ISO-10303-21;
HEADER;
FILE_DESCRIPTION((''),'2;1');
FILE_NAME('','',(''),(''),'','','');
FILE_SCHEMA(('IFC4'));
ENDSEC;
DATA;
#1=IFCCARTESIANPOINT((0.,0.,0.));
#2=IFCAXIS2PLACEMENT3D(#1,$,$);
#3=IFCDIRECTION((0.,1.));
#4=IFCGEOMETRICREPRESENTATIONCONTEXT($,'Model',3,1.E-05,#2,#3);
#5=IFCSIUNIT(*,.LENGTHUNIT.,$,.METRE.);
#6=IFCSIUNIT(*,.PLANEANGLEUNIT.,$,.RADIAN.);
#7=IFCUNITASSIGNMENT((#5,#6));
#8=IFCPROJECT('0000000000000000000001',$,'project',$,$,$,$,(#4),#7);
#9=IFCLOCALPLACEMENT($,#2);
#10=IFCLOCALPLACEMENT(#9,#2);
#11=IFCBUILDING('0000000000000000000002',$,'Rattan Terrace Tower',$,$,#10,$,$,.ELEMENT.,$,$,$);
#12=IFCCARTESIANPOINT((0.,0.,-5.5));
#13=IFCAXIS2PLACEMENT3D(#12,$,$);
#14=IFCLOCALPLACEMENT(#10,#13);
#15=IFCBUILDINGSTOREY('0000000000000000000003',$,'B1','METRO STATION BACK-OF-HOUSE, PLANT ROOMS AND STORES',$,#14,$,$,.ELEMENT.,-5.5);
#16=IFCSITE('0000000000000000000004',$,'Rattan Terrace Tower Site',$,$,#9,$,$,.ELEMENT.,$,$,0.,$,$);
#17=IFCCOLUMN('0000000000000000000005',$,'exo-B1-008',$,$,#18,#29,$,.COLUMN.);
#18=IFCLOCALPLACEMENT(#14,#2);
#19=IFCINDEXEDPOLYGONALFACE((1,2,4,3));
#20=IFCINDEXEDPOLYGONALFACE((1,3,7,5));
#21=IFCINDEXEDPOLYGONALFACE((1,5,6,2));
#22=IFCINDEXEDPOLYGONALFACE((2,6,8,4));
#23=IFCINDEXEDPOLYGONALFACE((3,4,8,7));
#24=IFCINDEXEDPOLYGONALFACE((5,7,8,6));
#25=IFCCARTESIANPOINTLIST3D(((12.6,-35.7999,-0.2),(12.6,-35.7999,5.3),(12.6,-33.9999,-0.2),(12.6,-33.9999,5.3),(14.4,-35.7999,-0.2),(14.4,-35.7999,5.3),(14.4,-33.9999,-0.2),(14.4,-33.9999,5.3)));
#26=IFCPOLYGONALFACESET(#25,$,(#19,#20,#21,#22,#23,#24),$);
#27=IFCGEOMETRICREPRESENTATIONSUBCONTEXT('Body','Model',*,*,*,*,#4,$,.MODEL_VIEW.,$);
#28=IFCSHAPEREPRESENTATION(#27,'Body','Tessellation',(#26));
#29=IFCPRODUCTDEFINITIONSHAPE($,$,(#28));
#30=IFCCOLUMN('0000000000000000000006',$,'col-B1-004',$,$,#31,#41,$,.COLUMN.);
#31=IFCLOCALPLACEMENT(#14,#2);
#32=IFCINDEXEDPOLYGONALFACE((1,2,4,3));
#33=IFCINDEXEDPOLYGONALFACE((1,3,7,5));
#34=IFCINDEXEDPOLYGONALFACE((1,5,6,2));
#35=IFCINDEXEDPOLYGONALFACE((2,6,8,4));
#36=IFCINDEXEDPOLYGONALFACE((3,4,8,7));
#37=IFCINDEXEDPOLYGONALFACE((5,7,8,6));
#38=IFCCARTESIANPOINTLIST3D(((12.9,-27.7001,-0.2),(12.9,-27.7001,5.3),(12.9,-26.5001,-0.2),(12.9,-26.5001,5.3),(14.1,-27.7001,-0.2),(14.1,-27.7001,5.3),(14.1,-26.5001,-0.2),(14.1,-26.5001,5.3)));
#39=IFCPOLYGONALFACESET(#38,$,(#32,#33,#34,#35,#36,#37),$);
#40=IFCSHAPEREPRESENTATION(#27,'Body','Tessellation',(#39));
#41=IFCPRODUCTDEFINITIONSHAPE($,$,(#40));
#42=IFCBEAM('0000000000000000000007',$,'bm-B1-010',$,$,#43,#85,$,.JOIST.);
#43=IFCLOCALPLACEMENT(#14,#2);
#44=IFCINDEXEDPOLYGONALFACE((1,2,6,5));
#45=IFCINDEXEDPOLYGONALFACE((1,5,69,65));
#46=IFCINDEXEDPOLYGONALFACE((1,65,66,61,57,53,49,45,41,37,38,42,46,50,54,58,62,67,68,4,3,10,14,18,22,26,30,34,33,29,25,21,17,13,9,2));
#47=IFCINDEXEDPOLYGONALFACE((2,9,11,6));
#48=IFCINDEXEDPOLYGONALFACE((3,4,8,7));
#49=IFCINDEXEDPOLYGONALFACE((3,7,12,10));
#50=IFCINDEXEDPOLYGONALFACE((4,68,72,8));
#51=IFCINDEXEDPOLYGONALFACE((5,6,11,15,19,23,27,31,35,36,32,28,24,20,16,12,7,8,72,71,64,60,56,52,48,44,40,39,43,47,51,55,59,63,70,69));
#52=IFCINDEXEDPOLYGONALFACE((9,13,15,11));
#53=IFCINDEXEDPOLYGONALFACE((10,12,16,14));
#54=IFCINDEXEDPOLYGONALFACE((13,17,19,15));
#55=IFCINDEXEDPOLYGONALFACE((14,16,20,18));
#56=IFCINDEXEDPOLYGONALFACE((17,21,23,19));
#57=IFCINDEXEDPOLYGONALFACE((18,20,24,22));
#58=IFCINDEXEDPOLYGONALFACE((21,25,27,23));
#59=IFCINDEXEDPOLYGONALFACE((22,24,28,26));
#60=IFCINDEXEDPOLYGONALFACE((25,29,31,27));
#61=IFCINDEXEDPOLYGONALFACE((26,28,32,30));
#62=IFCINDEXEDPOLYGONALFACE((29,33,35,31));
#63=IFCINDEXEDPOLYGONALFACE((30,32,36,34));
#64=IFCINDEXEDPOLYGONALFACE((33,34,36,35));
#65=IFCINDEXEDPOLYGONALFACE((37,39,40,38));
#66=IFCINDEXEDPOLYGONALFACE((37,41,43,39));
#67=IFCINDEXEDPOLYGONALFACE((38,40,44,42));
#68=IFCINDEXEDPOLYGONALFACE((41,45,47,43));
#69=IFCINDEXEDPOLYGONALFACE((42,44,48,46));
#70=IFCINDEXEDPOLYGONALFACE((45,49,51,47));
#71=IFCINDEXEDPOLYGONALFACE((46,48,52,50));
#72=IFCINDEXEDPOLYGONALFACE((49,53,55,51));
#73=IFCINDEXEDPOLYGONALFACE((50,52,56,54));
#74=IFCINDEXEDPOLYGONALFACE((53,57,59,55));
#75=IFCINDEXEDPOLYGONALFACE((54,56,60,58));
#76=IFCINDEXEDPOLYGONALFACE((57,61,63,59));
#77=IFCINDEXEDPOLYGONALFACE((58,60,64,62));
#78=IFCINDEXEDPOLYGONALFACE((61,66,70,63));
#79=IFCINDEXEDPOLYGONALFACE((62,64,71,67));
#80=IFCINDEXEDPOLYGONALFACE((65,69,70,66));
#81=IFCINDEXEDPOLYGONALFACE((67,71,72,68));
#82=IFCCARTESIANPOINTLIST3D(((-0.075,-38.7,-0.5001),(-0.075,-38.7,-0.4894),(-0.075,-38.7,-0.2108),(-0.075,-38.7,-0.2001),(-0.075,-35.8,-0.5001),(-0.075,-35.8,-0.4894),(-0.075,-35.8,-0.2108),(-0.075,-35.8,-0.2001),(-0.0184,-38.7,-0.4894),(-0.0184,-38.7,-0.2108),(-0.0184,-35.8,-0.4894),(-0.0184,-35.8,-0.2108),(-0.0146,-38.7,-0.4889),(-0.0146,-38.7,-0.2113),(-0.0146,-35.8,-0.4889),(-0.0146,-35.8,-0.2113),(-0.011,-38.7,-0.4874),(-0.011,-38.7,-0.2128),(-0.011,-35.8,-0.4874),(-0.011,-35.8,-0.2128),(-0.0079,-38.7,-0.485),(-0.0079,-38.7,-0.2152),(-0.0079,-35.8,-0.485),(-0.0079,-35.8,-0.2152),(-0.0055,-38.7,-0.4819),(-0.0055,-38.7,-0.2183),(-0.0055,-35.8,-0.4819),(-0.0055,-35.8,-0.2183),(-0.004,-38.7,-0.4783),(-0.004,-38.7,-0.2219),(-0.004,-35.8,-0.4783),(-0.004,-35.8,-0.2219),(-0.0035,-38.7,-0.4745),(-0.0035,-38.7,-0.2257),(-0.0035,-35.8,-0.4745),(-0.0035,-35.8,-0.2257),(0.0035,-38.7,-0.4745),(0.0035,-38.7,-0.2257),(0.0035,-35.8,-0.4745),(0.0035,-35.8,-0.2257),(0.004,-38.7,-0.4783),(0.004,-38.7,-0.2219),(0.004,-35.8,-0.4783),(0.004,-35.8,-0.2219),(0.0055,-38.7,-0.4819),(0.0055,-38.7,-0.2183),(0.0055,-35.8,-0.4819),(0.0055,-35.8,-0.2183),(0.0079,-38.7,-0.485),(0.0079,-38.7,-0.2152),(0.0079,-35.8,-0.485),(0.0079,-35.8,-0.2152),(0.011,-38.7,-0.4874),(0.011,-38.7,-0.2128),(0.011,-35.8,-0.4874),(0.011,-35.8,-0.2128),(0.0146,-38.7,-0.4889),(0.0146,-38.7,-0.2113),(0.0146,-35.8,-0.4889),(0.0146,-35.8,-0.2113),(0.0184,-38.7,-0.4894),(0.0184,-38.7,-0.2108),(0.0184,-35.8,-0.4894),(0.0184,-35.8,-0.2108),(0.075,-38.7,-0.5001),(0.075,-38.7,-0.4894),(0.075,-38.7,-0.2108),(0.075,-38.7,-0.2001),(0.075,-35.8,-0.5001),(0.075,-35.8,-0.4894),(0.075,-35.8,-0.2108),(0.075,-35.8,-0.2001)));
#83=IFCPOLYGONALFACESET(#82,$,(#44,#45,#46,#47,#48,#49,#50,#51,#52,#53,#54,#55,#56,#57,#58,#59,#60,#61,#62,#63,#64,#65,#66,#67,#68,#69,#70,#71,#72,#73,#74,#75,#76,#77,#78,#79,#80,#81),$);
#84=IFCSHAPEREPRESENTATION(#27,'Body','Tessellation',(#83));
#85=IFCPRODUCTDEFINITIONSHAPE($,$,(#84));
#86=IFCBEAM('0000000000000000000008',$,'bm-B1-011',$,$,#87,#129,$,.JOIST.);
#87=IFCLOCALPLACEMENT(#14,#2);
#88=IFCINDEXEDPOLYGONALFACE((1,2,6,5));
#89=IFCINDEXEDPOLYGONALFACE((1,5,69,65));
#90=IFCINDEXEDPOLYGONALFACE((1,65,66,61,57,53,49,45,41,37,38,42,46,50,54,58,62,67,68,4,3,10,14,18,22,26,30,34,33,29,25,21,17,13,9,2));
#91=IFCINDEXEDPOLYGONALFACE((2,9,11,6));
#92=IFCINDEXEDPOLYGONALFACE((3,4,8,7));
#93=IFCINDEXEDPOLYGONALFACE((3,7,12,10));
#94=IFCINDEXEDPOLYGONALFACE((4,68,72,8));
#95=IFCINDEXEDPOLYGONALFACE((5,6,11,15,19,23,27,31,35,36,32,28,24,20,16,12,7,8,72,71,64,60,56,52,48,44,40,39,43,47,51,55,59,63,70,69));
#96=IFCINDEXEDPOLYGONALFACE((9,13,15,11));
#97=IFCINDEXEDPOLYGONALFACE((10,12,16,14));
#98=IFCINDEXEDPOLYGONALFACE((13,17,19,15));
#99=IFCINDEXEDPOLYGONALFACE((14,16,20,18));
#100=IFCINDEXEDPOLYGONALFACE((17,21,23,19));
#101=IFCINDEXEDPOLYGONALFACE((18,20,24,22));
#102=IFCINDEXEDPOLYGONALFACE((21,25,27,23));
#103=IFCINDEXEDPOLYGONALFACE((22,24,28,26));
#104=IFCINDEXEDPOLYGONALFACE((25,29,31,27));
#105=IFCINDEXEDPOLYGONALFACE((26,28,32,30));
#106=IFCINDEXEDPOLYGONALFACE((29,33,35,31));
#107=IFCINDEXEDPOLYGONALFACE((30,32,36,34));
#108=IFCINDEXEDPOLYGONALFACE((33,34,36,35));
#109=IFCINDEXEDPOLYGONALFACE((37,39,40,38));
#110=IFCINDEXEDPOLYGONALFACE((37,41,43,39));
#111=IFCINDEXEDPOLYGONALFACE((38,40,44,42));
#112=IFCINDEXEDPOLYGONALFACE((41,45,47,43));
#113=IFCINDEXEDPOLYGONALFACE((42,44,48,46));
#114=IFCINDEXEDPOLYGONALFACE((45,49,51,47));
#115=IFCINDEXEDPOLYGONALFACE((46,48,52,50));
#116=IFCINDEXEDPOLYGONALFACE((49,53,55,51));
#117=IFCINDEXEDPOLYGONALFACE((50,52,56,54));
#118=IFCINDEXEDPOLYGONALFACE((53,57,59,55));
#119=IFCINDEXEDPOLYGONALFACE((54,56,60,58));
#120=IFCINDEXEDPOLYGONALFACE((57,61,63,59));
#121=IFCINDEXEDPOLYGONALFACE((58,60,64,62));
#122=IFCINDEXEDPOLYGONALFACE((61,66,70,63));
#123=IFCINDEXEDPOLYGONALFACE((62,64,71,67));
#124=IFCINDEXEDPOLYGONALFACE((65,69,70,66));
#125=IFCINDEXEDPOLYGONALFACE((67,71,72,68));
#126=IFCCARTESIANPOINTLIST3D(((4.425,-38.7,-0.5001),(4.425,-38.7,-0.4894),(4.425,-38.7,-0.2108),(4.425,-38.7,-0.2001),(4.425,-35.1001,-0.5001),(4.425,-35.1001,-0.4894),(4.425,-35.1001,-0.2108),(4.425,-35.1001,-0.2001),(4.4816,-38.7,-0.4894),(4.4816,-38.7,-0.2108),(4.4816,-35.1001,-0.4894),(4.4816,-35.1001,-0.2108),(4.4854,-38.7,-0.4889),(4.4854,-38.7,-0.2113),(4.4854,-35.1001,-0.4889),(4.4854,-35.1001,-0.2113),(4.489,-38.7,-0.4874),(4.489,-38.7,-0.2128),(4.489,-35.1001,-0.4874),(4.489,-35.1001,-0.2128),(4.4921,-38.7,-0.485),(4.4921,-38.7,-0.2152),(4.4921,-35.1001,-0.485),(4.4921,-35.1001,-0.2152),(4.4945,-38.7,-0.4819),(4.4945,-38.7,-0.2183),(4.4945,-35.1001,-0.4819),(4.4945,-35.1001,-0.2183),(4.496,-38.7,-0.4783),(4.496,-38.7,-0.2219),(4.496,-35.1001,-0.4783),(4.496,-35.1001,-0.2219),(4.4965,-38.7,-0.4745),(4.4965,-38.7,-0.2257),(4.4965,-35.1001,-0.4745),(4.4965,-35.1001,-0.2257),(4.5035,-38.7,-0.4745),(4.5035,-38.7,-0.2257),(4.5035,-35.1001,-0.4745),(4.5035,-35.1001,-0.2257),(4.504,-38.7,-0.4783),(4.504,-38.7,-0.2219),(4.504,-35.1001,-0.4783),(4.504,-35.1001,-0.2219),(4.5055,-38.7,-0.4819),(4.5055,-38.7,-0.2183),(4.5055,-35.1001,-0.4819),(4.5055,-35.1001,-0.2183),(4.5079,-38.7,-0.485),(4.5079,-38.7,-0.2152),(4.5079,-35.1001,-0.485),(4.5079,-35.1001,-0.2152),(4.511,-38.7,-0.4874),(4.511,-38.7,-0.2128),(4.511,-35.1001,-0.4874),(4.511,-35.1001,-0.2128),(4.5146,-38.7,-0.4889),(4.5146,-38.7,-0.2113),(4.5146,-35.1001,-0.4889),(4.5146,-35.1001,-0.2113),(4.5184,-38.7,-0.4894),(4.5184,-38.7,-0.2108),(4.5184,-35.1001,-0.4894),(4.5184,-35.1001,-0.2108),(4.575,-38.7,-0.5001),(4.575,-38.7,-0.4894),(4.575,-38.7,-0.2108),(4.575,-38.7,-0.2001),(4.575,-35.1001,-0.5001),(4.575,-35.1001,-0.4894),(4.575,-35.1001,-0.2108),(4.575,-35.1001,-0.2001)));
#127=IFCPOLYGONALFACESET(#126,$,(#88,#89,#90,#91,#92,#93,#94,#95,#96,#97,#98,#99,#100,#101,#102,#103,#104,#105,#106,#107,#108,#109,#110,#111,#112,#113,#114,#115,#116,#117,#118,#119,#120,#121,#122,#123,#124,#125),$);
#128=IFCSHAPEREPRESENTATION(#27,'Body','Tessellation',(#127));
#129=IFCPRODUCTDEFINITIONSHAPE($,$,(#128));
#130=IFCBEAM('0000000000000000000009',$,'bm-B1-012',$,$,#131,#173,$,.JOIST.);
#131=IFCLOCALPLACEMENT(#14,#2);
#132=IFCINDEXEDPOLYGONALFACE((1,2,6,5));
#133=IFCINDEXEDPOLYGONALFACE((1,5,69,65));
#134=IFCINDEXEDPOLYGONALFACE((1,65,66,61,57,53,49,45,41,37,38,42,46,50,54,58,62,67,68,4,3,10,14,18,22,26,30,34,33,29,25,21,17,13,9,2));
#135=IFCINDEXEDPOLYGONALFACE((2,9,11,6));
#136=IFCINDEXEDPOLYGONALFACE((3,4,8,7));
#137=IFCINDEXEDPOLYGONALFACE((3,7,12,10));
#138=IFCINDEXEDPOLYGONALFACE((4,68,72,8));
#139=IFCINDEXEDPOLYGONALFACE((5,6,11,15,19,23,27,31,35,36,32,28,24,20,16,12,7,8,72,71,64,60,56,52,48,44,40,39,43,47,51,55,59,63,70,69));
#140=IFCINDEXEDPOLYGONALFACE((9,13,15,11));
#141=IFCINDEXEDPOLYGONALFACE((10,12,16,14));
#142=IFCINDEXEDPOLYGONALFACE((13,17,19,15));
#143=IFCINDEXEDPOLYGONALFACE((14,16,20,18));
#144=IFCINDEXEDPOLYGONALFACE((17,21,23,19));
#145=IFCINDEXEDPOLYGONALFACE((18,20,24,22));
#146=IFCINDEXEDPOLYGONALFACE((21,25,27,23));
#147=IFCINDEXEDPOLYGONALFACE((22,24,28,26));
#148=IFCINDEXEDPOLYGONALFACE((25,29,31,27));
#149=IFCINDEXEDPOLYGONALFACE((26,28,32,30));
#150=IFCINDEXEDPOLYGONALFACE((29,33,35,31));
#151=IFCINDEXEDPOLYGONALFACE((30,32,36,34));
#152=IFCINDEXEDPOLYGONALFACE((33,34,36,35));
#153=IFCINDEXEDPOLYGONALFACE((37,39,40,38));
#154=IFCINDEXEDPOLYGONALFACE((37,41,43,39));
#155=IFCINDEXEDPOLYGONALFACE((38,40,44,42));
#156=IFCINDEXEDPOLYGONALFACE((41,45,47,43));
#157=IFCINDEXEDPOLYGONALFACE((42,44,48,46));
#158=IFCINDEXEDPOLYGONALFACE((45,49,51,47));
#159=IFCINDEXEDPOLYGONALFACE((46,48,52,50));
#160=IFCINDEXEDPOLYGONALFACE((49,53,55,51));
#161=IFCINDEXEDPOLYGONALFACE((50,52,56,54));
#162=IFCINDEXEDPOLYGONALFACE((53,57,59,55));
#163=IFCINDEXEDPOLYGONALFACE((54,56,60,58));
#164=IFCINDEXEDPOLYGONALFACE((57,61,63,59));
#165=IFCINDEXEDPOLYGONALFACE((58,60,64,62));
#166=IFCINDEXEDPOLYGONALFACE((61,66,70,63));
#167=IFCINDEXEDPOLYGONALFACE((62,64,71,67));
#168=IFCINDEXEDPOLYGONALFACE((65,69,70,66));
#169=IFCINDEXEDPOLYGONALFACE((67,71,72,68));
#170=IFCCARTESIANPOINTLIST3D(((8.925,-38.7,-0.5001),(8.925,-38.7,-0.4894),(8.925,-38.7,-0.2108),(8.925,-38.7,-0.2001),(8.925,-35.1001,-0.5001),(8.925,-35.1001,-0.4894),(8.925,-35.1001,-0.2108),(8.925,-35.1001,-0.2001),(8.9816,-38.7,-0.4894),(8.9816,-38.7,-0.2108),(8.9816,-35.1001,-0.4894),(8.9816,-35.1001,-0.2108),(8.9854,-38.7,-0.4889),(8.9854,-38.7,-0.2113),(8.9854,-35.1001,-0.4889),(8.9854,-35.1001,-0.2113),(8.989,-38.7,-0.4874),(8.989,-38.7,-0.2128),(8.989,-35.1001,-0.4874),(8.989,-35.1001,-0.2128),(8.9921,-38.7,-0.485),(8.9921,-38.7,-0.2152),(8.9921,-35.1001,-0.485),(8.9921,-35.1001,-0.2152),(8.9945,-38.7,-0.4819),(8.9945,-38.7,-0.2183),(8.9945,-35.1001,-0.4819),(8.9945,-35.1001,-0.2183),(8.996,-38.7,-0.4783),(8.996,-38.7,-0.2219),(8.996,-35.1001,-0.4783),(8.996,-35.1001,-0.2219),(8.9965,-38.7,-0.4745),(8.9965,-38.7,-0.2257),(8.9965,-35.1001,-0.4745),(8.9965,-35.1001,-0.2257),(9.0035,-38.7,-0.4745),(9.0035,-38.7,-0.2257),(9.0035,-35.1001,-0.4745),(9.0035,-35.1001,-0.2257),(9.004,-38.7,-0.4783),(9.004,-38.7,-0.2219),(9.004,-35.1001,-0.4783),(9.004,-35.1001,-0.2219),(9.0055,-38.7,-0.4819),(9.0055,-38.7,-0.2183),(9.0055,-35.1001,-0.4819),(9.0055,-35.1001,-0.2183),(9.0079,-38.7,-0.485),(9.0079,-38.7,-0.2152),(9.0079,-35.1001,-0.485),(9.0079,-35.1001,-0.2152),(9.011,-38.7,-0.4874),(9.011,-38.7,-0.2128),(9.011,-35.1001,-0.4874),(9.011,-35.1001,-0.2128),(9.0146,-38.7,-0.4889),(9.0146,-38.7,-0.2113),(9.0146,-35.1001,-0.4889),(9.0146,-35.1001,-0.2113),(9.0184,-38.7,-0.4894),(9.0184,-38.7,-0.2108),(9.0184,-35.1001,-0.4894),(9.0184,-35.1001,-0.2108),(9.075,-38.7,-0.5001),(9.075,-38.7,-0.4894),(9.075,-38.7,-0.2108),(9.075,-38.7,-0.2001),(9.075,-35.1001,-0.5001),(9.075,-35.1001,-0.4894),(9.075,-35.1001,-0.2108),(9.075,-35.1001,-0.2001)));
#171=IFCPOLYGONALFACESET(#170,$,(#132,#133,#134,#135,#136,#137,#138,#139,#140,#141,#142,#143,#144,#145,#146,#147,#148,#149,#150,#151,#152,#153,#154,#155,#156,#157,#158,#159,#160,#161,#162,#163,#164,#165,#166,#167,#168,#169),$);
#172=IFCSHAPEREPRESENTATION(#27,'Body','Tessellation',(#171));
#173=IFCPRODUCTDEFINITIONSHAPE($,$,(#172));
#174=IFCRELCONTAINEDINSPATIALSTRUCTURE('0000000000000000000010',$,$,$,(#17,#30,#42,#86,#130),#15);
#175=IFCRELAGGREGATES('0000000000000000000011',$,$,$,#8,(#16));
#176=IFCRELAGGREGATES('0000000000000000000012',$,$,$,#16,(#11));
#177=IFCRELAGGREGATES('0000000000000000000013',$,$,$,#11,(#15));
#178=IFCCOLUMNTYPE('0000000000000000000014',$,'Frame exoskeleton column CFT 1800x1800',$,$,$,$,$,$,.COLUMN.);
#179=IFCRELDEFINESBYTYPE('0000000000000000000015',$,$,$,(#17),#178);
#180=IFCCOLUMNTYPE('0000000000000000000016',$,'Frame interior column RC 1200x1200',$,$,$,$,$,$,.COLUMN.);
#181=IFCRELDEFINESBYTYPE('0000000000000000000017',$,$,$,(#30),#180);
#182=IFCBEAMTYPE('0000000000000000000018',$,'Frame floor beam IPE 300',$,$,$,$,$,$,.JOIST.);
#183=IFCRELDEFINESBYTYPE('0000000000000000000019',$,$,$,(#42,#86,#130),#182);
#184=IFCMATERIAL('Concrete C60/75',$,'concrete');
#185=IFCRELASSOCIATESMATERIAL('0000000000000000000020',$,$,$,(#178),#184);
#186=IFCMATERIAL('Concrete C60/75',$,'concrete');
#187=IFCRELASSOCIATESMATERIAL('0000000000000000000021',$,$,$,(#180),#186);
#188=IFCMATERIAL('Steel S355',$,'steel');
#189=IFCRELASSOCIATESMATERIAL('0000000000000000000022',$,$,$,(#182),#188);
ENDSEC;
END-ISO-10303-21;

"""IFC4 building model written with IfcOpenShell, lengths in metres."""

from ifc_helpers import new_model, si_unit, direction, frame, origin, origin_2d, place, context, subcontext, project, spatial, rectangle, i_section, extrude, material, material_profile, profile_set, type_object, element, save


model = new_model("IFC4")

# Units and contexts
model_context = context("Model", 3, precision=1e-05, world=origin(), true_north=direction((0.0, 1.0)))
body_context = subcontext(model_context, "Body", "Model", "MODEL_VIEW")
ifc_project = project(units=[si_unit("LENGTHUNIT", "METRE"), si_unit("PLANEANGLEUNIT", "RADIAN")], contexts=[model_context])

# Site, building, storey
site_placement = place(None, origin())
site = spatial("IfcSite", under=ifc_project, at=site_placement, Name="Rattan Terrace Tower Site", CompositionType="ELEMENT", RefElevation=0.0)
building_placement = place(site_placement, origin())
building = spatial("IfcBuilding", under=site, at=building_placement, Name="Rattan Terrace Tower", CompositionType="ELEMENT")
storey_placement = place(building_placement, frame((0.0, 0.0, -5.5)))
storey = spatial("IfcBuildingStorey", under=building, at=storey_placement, Name="B1", Description="METRO STATION BACK-OF-HOUSE, PLANT ROOMS AND STORES", CompositionType="ELEMENT", Elevation=-5.5)

# Columns
ifc_material_1 = material(Name="Concrete C60/75", Category="concrete")
ifc_material_profile_1 = material_profile(ifc_material_1, rectangle(XDim=1.8, YDim=1.8, at=origin_2d()), Name="CFT 1800x1800")
ifc_profile_set_1 = profile_set([ifc_material_profile_1], Name="Concrete C60/75")
column_type_1 = type_object("IfcColumnType", Name="Frame exoskeleton column CFT 1800x1800", PredefinedType="COLUMN", material=ifc_profile_set_1)
column_1_placement = place(storey_placement, frame((13.5, -34.8999, -0.2), z_axis=(0.0, 0.0, 1.0), x_axis=(1.0, 0.0, 0.0)))
element("IfcColumn", 1, at=column_1_placement, inside=storey, type_object=column_type_1, Name="exo-B1-008", PredefinedType="COLUMN", context=body_context, shape_type="SweptSolid", body=[
    extrude(rectangle(XDim=1.8, YDim=1.8, at=origin_2d()), origin(), (0.0, 0.0, 1.0), 5.5),
])
ifc_material_2 = material(Name="Concrete C60/75", Category="concrete")
ifc_material_profile_2 = material_profile(ifc_material_2, rectangle(XDim=1.2, YDim=1.2, at=origin_2d()), Name="RC 1200x1200")
ifc_profile_set_2 = profile_set([ifc_material_profile_2], Name="Concrete C60/75")
column_type_2 = type_object("IfcColumnType", Name="Frame interior column RC 1200x1200", PredefinedType="COLUMN", material=ifc_profile_set_2)
column_2_placement = place(storey_placement, frame((13.5, -27.1001, -0.2), z_axis=(0.0, 0.0, 1.0), x_axis=(1.0, 0.0, 0.0)))
element("IfcColumn", 2, at=column_2_placement, inside=storey, type_object=column_type_2, Name="col-B1-004", PredefinedType="COLUMN", context=body_context, shape_type="SweptSolid", body=[
    extrude(rectangle(XDim=1.2, YDim=1.2, at=origin_2d()), origin(), (0.0, 0.0, 1.0), 5.5),
])

# Beams
ifc_material_3 = material(Name="Steel S355", Category="steel")
ifc_material_profile_3 = material_profile(ifc_material_3, i_section(OverallWidth=0.1499, OverallDepth=0.3, WebThickness=0.0071, FlangeThickness=0.0107, FilletRadius=0.0149, at=origin_2d()), Name="IPE 300")
ifc_profile_set_3 = profile_set([ifc_material_profile_3], Name="Steel S355")
beam_type_1 = type_object("IfcBeamType", Name="Frame floor beam IPE 300", PredefinedType="JOIST", material=ifc_profile_set_3)
beam_1_placement = place(storey_placement, frame((0.0, -38.7, -0.3501), z_axis=(0.0, 1.0, 0.0), x_axis=(-1.0, 0.0, 0.0)))
element("IfcBeam", 3, at=beam_1_placement, inside=storey, type_object=beam_type_1, Name="bm-B1-010", PredefinedType="JOIST", context=body_context, shape_type="SweptSolid", body=[
    extrude(i_section(OverallWidth=0.1499, OverallDepth=0.3, WebThickness=0.0071, FlangeThickness=0.0107, FilletRadius=0.0149, at=origin_2d()), origin(), (0.0, 0.0, 1.0), 2.8999),
])
for number, where, z_axis, x_axis, name in (
    (4, (4.5, -38.7, -0.3501), (0.0, 1.0, 0.0), (-1.0, 0.0, 0.0), "bm-B1-011"),
    (5, (9.0, -38.7, -0.3501), (0.0, 1.0, 0.0), (-1.0, 0.0, 0.0), "bm-B1-012"),
):
    element("IfcBeam", number, at=place(storey_placement, frame(where, z_axis=z_axis, x_axis=x_axis)), inside=storey, type_object=beam_type_1, Name=name, PredefinedType="JOIST", context=body_context, shape_type="SweptSolid", body=[
        extrude(i_section(OverallWidth=0.1499, OverallDepth=0.3, WebThickness=0.0071, FlangeThickness=0.0107, FilletRadius=0.0149, at=origin_2d()), origin(), (0.0, 0.0, 1.0), 3.5999),
    ])

save(model, "model.ifc")
